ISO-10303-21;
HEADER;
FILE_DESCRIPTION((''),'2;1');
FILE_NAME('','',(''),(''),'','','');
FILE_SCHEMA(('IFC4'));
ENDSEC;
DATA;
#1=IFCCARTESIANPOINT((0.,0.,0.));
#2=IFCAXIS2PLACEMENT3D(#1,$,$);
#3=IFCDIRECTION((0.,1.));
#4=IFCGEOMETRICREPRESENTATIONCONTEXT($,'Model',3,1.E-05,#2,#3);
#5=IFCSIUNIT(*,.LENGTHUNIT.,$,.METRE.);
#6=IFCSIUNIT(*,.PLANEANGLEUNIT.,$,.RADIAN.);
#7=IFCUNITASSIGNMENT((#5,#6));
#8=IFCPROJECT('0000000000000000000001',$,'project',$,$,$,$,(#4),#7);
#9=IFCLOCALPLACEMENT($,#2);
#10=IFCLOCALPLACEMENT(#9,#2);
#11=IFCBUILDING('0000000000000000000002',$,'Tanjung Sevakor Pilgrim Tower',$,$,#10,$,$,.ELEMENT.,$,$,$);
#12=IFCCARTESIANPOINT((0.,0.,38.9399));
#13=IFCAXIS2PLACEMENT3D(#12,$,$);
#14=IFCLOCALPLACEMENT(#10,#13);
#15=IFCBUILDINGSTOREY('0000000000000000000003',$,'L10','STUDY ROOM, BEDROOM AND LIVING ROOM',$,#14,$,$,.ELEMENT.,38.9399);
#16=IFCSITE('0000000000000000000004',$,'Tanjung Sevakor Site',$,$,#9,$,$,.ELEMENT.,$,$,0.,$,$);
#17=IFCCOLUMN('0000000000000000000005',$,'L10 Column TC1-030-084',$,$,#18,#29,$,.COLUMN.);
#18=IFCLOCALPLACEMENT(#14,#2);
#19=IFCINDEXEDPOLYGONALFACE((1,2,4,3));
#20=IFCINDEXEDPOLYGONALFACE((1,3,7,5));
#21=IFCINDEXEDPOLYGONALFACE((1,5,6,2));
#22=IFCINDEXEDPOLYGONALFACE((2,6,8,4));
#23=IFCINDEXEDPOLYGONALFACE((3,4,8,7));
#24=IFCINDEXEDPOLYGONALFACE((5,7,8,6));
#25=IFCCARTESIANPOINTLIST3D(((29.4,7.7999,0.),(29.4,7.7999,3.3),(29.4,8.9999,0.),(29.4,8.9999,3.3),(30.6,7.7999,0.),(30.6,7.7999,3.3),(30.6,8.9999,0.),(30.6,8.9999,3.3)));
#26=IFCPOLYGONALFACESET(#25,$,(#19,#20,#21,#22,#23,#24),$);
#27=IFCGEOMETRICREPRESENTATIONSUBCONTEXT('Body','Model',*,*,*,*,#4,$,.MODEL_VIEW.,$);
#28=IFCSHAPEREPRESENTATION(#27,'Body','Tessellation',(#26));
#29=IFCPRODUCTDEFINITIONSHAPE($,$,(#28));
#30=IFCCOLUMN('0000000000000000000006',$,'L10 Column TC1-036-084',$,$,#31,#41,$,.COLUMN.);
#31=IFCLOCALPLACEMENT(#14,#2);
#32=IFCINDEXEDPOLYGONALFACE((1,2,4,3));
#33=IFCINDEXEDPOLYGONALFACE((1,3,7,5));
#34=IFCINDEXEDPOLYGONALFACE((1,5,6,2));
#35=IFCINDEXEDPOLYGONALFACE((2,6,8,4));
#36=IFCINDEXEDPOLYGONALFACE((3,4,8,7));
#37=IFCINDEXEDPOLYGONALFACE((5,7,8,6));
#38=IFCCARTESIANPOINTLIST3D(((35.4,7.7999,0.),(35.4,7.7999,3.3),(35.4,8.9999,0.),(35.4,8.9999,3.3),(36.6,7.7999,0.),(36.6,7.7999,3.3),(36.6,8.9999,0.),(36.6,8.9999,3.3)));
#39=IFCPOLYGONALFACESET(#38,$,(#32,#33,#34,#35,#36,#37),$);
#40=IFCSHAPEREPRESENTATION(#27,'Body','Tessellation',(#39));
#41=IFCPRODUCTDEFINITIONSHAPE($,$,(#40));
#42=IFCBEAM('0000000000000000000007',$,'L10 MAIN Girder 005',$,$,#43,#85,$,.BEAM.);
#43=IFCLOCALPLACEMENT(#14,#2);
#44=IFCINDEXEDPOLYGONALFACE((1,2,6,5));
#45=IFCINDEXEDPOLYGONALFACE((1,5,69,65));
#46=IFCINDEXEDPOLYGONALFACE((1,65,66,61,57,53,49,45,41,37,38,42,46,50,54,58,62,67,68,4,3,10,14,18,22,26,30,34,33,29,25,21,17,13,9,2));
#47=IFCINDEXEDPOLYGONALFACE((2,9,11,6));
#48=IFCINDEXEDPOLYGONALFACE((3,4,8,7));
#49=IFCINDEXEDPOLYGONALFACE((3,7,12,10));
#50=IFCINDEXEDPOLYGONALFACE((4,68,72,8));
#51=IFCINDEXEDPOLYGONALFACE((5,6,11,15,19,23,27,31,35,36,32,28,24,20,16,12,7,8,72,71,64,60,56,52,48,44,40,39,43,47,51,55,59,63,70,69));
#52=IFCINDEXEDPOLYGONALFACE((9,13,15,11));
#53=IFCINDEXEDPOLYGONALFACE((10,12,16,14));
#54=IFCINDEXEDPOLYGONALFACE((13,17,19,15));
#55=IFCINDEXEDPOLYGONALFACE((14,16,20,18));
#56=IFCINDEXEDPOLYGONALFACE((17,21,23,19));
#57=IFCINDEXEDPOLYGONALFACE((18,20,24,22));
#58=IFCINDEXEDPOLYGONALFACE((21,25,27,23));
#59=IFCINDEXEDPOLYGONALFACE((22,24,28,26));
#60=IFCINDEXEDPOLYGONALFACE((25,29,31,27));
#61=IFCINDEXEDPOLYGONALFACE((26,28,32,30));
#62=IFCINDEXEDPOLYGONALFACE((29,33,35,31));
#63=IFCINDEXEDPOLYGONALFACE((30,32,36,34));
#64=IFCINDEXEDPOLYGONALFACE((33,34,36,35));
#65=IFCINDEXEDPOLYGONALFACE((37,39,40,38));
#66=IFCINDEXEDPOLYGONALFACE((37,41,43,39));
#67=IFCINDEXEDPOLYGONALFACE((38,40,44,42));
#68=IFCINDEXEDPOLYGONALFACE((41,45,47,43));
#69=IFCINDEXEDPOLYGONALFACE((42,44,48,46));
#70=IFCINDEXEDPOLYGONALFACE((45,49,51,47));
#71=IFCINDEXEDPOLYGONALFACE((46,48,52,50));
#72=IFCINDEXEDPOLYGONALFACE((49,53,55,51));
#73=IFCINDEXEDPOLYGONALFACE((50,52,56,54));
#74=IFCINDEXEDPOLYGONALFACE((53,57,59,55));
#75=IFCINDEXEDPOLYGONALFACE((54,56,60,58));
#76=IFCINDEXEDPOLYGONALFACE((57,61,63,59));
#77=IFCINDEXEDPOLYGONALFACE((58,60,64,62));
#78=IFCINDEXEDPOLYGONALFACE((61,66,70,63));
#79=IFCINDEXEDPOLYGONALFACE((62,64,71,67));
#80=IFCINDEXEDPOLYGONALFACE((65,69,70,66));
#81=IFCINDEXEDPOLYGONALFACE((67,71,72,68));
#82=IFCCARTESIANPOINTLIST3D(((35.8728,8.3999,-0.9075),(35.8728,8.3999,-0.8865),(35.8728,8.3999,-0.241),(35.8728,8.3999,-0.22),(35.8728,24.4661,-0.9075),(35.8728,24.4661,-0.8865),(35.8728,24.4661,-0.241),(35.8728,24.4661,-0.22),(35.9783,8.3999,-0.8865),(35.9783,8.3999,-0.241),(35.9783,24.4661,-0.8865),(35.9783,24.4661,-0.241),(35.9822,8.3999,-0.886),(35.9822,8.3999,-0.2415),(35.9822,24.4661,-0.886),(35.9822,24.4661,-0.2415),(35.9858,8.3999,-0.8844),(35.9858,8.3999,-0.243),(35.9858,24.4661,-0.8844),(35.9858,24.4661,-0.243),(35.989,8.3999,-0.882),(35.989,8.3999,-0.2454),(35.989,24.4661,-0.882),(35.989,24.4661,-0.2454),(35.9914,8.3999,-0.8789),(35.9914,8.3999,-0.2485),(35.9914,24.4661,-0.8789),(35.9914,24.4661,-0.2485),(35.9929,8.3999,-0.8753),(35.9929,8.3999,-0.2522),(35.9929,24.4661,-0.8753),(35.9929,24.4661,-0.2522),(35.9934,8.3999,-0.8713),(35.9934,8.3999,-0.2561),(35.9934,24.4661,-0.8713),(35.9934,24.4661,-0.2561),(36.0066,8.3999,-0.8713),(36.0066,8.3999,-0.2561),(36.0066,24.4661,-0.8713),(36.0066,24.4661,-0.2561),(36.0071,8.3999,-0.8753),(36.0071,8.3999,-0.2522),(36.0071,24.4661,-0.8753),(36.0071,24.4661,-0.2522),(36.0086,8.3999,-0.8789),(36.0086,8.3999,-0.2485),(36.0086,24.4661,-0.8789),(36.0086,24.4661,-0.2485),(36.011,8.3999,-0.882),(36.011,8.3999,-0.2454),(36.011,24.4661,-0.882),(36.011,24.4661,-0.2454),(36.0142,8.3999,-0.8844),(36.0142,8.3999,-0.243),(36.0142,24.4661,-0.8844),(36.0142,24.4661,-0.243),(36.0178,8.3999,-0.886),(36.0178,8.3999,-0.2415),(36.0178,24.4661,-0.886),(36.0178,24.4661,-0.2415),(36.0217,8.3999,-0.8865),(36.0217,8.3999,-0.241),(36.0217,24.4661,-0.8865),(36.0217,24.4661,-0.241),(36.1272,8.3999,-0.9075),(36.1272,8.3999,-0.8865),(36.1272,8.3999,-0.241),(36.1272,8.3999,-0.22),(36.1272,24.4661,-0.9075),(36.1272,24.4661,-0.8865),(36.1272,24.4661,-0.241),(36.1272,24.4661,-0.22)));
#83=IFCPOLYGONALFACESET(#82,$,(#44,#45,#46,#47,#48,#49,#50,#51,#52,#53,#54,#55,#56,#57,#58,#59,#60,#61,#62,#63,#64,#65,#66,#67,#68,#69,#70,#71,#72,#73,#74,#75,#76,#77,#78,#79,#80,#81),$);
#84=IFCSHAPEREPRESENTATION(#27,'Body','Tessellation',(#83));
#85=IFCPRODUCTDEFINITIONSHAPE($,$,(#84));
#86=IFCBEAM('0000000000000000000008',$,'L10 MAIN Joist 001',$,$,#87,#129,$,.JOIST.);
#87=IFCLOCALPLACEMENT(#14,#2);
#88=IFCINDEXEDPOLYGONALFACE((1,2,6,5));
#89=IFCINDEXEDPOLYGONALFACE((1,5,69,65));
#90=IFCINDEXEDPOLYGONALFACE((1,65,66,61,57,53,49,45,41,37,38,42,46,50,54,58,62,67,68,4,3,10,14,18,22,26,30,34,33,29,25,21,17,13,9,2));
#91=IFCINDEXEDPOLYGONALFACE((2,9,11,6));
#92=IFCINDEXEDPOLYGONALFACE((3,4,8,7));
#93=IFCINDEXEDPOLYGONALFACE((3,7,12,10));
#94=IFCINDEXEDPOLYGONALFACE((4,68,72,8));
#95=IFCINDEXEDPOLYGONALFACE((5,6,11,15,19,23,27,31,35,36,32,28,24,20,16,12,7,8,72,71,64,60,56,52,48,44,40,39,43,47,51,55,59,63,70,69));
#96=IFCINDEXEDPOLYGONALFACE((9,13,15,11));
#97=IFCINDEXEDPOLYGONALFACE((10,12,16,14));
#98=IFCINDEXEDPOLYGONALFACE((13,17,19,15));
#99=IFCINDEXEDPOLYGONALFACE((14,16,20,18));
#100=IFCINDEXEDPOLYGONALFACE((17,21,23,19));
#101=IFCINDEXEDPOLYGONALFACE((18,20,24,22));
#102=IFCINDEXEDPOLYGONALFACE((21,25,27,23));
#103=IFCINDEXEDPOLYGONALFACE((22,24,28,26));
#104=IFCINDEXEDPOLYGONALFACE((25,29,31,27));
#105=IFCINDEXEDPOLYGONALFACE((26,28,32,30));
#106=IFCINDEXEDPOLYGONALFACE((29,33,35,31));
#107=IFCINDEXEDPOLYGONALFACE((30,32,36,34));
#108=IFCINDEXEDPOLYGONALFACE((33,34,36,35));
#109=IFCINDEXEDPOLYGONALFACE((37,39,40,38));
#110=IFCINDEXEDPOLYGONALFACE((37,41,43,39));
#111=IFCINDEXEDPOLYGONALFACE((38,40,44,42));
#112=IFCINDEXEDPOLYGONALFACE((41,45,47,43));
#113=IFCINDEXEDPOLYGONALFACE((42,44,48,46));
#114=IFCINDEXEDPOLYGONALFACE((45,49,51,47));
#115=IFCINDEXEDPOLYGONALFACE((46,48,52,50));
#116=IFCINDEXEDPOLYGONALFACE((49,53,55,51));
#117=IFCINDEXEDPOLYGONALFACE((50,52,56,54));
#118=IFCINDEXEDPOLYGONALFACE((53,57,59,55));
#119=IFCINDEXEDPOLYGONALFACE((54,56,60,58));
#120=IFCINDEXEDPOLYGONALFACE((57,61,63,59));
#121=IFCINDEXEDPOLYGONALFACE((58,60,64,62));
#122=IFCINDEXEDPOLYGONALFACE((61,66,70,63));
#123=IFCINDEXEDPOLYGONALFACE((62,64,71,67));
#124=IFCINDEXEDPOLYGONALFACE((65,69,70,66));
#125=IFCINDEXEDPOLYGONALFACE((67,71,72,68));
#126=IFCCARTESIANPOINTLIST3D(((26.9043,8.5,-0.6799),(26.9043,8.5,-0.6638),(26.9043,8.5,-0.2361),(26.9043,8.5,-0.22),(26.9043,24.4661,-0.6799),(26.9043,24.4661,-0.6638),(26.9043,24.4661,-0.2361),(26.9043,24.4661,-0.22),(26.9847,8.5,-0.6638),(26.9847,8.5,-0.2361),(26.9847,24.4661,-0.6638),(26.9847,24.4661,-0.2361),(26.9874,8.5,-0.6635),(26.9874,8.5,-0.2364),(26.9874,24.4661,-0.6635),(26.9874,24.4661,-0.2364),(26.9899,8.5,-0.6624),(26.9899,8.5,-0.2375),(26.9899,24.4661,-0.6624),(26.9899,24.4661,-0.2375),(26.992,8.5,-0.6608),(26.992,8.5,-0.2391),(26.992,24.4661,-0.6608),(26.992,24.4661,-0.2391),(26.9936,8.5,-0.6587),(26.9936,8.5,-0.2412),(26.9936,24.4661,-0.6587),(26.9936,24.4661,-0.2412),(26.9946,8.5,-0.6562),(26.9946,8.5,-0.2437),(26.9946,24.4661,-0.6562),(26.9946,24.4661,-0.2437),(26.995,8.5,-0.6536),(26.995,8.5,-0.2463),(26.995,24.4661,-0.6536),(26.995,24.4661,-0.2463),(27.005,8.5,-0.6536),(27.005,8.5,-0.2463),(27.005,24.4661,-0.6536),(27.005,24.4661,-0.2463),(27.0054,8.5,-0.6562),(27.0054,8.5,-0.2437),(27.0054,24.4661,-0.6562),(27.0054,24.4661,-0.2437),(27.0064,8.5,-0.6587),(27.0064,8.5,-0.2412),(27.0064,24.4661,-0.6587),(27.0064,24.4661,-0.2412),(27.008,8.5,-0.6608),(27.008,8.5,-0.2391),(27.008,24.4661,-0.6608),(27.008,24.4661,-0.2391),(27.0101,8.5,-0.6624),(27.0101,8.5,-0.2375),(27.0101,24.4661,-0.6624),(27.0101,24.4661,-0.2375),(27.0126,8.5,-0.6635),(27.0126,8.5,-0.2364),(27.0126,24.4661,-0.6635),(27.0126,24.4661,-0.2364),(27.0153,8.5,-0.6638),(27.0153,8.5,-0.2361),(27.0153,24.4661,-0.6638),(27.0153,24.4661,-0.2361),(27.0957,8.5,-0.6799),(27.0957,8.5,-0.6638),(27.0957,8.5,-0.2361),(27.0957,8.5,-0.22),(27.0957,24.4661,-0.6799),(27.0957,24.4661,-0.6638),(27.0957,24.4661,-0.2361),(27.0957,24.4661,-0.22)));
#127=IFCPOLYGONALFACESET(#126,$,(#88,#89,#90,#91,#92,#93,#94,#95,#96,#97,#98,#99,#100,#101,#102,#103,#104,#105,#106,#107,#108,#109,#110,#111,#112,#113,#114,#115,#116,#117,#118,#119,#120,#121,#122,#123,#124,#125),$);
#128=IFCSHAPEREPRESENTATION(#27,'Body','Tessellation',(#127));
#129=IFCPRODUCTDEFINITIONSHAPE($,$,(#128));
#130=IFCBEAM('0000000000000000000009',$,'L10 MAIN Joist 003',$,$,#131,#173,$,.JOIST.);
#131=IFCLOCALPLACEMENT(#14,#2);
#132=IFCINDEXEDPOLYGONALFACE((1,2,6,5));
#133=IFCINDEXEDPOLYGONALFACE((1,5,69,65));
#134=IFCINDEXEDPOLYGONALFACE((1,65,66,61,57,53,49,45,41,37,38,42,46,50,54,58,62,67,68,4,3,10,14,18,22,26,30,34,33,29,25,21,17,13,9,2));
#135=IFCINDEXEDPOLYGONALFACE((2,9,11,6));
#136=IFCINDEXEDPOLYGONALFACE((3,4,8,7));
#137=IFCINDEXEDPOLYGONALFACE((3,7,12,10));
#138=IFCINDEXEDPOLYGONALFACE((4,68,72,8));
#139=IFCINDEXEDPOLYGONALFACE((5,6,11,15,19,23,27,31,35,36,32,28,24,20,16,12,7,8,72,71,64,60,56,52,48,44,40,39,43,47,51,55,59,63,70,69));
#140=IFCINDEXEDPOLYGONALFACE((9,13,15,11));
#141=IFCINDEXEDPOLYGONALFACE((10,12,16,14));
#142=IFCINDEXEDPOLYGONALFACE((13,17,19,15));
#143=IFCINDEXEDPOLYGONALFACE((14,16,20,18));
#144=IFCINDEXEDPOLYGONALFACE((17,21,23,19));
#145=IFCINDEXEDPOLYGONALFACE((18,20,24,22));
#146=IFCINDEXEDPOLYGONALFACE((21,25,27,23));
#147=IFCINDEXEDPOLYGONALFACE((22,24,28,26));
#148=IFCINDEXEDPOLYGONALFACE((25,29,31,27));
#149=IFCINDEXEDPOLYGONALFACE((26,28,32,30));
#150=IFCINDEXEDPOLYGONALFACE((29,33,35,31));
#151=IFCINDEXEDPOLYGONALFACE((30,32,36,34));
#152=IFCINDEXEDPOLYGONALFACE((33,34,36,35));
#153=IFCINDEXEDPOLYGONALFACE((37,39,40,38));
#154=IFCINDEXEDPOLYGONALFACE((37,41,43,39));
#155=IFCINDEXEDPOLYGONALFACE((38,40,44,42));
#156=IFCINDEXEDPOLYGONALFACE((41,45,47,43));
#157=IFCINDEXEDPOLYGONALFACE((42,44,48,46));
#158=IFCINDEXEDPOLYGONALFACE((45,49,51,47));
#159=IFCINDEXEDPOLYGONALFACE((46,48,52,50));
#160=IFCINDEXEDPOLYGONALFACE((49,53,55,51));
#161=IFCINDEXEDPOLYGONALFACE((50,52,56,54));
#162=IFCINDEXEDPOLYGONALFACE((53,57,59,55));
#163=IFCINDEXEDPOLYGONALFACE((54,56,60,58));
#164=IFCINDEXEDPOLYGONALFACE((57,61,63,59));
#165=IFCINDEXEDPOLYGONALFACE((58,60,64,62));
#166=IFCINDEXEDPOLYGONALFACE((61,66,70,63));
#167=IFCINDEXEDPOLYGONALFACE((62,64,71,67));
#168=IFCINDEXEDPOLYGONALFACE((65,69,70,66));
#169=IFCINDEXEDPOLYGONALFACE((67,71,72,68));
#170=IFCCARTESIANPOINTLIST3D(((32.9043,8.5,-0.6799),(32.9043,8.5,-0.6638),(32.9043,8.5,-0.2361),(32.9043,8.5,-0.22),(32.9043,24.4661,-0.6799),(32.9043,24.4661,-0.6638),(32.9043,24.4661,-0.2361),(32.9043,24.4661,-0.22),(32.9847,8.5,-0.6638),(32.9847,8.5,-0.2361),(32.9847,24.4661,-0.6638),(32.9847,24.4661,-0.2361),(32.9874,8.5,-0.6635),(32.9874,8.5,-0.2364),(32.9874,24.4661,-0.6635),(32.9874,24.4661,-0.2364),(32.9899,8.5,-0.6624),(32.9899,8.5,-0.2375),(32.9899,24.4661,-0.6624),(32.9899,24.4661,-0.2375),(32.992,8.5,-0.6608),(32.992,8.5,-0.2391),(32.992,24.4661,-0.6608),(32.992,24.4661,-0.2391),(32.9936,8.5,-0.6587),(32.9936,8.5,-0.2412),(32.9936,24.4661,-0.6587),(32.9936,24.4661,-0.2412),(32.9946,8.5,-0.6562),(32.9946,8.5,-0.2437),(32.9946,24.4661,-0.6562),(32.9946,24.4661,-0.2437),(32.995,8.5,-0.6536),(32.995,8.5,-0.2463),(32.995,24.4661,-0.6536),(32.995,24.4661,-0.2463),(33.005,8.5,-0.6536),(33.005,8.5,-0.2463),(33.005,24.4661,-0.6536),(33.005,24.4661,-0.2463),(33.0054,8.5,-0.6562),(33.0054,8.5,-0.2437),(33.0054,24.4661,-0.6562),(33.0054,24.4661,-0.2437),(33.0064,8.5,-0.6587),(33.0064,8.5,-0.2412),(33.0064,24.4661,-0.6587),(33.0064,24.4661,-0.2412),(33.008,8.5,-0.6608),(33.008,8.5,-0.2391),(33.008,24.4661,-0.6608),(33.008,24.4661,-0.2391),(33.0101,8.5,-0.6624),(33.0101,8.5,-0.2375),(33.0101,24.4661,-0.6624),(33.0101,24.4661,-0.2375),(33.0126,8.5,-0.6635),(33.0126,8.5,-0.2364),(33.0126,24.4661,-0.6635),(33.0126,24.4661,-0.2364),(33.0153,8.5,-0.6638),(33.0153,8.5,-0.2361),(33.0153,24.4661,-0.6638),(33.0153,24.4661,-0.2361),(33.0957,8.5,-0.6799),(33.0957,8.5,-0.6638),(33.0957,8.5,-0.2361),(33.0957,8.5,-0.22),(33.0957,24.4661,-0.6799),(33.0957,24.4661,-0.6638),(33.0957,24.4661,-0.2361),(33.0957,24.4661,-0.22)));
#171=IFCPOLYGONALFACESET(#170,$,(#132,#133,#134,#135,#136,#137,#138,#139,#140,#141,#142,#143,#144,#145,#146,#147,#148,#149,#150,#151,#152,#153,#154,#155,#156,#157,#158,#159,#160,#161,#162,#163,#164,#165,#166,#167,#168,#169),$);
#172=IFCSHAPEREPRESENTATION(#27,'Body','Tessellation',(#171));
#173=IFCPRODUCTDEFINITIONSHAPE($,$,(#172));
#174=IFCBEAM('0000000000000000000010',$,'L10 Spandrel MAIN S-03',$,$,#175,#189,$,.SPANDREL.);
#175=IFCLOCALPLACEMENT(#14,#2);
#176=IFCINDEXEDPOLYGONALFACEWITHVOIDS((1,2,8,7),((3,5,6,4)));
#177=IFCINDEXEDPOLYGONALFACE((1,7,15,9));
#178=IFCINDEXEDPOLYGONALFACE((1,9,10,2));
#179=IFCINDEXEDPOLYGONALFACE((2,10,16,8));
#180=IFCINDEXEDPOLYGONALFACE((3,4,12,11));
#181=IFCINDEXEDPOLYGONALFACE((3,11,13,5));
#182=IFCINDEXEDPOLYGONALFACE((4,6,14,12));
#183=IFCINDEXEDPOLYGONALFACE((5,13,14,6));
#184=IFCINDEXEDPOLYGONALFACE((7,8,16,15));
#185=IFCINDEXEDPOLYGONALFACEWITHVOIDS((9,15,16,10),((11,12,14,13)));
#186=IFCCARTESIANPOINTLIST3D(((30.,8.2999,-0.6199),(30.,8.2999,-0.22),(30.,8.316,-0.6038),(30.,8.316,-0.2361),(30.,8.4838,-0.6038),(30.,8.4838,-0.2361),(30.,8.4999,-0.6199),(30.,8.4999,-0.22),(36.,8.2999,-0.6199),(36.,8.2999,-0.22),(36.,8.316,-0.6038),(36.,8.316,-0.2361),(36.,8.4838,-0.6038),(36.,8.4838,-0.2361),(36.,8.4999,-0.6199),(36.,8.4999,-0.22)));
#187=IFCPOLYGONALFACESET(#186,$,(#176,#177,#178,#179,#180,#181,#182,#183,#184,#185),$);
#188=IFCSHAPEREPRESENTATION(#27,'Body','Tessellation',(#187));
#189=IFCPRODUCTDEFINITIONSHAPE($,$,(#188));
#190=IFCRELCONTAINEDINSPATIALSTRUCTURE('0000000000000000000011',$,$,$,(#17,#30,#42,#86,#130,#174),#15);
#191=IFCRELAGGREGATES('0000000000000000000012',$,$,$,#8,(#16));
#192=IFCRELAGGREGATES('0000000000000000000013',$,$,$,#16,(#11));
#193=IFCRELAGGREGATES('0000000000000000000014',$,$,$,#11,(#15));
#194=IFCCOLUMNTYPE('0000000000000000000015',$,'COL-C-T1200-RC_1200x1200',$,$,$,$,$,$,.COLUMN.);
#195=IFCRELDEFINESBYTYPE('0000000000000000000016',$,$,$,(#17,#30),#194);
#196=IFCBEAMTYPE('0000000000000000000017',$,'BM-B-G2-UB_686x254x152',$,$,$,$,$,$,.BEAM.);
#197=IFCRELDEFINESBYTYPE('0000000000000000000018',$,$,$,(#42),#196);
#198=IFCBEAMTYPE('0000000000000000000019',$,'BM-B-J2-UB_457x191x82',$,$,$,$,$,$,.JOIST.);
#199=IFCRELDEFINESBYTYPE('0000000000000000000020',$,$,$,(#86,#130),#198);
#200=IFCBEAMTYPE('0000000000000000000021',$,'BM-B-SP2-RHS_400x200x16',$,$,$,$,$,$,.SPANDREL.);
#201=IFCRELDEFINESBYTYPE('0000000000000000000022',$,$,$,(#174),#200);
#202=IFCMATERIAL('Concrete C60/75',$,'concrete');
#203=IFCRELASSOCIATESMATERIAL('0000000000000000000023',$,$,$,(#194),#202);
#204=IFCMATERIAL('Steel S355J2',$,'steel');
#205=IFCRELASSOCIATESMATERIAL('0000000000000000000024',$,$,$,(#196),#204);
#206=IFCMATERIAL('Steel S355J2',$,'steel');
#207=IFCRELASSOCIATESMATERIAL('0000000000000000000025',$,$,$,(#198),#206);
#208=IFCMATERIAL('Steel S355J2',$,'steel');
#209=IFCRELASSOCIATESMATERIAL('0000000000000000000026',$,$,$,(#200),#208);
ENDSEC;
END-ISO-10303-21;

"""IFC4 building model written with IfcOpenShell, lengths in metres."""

from ifc_helpers import new_model, si_unit, direction, frame, origin, origin_2d, place, context, subcontext, project, spatial, rectangle, hollow_rectangle, i_section, extrude, material, material_profile, profile_set, type_object, element, save


model = new_model("IFC4")

# Units and contexts
model_context = context("Model", 3, precision=1e-05, world=origin(), true_north=direction((0.0, 1.0)))
body_context = subcontext(model_context, "Body", "Model", "MODEL_VIEW")
ifc_project = project(units=[si_unit("LENGTHUNIT", "METRE"), si_unit("PLANEANGLEUNIT", "RADIAN")], contexts=[model_context])

# Site, building, storey
site_placement = place(None, origin())
site = spatial("IfcSite", under=ifc_project, at=site_placement, Name="Tanjung Sevakor Site", CompositionType="ELEMENT", RefElevation=0.0)
building_placement = place(site_placement, origin())
building = spatial("IfcBuilding", under=site, at=building_placement, Name="Tanjung Sevakor Pilgrim Tower", CompositionType="ELEMENT")
storey_placement = place(building_placement, frame((0.0, 0.0, 38.9399)))
storey = spatial("IfcBuildingStorey", under=building, at=storey_placement, Name="L10", Description="STUDY ROOM, BEDROOM AND LIVING ROOM", CompositionType="ELEMENT", Elevation=38.9399)

# Columns
ifc_material_1 = material(Name="Concrete C60/75", Category="concrete")
ifc_material_profile_1 = material_profile(ifc_material_1, rectangle(XDim=1.2, YDim=1.2, at=origin_2d()))
ifc_profile_set_1 = profile_set([ifc_material_profile_1], Name="Concrete C60/75")
column_type = type_object("IfcColumnType", Name="COL-C-T1200-RC_1200x1200", PredefinedType="COLUMN", material=ifc_profile_set_1)
for number, where, z_axis, x_axis, name in (
    (1, (30.0, 8.3999, 0.0), (0.0, 0.0, 1.0), (1.0, 0.0, 0.0), "L10 Column TC1-030-084"),
    (2, (36.0, 8.3999, 0.0), (0.0, 0.0, 1.0), (1.0, 0.0, 0.0), "L10 Column TC1-036-084"),
):
    element("IfcColumn", number, at=place(storey_placement, frame(where, z_axis=z_axis, x_axis=x_axis)), inside=storey, type_object=column_type, Name=name, PredefinedType="COLUMN", context=body_context, shape_type="SweptSolid", body=[
        extrude(rectangle(XDim=1.2, YDim=1.2, at=origin_2d()), origin(), (0.0, 0.0, 1.0), 3.3),
    ])

# Beams
ifc_material_2 = material(Name="Steel S355J2", Category="steel")
ifc_material_profile_2 = material_profile(ifc_material_2, i_section(OverallWidth=0.2544, OverallDepth=0.6875, WebThickness=0.0132, FlangeThickness=0.021, FilletRadius=0.0151, at=origin_2d()))
ifc_profile_set_2 = profile_set([ifc_material_profile_2], Name="Steel S355J2")
beam_type_1 = type_object("IfcBeamType", Name="BM-B-G2-UB_686x254x152", PredefinedType="BEAM", material=ifc_profile_set_2)
beam_placement = place(storey_placement, frame((36.0, 8.3999, -0.5637), z_axis=(0.0, 1.0, 0.0), x_axis=(-1.0, 0.0, 0.0)))
element("IfcBeam", 3, at=beam_placement, inside=storey, type_object=beam_type_1, Name="L10 MAIN Girder 005", PredefinedType="BEAM", context=body_context, shape_type="SweptSolid", body=[
    extrude(i_section(OverallWidth=0.2544, OverallDepth=0.6875, WebThickness=0.0132, FlangeThickness=0.021, FilletRadius=0.0151, at=origin_2d()), origin(), (0.0, 0.0, 1.0), 16.0662),
])
ifc_material_3 = material(Name="Steel S355J2", Category="steel")
ifc_material_profile_3 = material_profile(ifc_material_3, i_section(OverallWidth=0.1914, OverallDepth=0.46, WebThickness=0.01, FlangeThickness=0.0161, FilletRadius=0.0103, at=origin_2d()))
ifc_profile_set_3 = profile_set([ifc_material_profile_3], Name="Steel S355J2")
beam_type_2 = type_object("IfcBeamType", Name="BM-B-J2-UB_457x191x82", PredefinedType="JOIST", material=ifc_profile_set_3)
for number, where, z_axis, x_axis, name in (
    (4, (27.0, 8.5, -0.45), (0.0, 1.0, 0.0), (-1.0, 0.0, 0.0), "L10 MAIN Joist 001"),
    (5, (33.0, 8.5, -0.45), (0.0, 1.0, 0.0), (-1.0, 0.0, 0.0), "L10 MAIN Joist 003"),
):
    element("IfcBeam", number, at=place(storey_placement, frame(where, z_axis=z_axis, x_axis=x_axis)), inside=storey, type_object=beam_type_2, Name=name, PredefinedType="JOIST", context=body_context, shape_type="SweptSolid", body=[
        extrude(i_section(OverallWidth=0.1914, OverallDepth=0.46, WebThickness=0.01, FlangeThickness=0.0161, FilletRadius=0.0103, at=origin_2d()), origin(), (0.0, 0.0, 1.0), 15.9661),
    ])
ifc_material_4 = material(Name="Steel S355J2", Category="steel")
ifc_material_profile_4 = material_profile(ifc_material_4, hollow_rectangle(XDim=0.2, YDim=0.3999, WallThickness=0.0161, at=origin_2d()))
ifc_profile_set_4 = profile_set([ifc_material_profile_4], Name="Steel S355J2")
beam_type_3 = type_object("IfcBeamType", Name="BM-B-SP2-RHS_400x200x16", PredefinedType="SPANDREL", material=ifc_profile_set_4)
for number, where, z_axis, x_axis, name in (
    (6, (30.0, 8.3999, -0.4199), (1.0, 0.0, 0.0), (0.0, 1.0, 0.0), "L10 Spandrel MAIN S-03"),
):
    element("IfcBeam", number, at=place(storey_placement, frame(where, z_axis=z_axis, x_axis=x_axis)), inside=storey, type_object=beam_type_3, Name=name, PredefinedType="SPANDREL", context=body_context, shape_type="SweptSolid", body=[
        extrude(hollow_rectangle(XDim=0.2, YDim=0.3999, WallThickness=0.0161, at=origin_2d()), origin(), (0.0, 0.0, 1.0), 6.0),
    ])

save(model, "model.ifc")
